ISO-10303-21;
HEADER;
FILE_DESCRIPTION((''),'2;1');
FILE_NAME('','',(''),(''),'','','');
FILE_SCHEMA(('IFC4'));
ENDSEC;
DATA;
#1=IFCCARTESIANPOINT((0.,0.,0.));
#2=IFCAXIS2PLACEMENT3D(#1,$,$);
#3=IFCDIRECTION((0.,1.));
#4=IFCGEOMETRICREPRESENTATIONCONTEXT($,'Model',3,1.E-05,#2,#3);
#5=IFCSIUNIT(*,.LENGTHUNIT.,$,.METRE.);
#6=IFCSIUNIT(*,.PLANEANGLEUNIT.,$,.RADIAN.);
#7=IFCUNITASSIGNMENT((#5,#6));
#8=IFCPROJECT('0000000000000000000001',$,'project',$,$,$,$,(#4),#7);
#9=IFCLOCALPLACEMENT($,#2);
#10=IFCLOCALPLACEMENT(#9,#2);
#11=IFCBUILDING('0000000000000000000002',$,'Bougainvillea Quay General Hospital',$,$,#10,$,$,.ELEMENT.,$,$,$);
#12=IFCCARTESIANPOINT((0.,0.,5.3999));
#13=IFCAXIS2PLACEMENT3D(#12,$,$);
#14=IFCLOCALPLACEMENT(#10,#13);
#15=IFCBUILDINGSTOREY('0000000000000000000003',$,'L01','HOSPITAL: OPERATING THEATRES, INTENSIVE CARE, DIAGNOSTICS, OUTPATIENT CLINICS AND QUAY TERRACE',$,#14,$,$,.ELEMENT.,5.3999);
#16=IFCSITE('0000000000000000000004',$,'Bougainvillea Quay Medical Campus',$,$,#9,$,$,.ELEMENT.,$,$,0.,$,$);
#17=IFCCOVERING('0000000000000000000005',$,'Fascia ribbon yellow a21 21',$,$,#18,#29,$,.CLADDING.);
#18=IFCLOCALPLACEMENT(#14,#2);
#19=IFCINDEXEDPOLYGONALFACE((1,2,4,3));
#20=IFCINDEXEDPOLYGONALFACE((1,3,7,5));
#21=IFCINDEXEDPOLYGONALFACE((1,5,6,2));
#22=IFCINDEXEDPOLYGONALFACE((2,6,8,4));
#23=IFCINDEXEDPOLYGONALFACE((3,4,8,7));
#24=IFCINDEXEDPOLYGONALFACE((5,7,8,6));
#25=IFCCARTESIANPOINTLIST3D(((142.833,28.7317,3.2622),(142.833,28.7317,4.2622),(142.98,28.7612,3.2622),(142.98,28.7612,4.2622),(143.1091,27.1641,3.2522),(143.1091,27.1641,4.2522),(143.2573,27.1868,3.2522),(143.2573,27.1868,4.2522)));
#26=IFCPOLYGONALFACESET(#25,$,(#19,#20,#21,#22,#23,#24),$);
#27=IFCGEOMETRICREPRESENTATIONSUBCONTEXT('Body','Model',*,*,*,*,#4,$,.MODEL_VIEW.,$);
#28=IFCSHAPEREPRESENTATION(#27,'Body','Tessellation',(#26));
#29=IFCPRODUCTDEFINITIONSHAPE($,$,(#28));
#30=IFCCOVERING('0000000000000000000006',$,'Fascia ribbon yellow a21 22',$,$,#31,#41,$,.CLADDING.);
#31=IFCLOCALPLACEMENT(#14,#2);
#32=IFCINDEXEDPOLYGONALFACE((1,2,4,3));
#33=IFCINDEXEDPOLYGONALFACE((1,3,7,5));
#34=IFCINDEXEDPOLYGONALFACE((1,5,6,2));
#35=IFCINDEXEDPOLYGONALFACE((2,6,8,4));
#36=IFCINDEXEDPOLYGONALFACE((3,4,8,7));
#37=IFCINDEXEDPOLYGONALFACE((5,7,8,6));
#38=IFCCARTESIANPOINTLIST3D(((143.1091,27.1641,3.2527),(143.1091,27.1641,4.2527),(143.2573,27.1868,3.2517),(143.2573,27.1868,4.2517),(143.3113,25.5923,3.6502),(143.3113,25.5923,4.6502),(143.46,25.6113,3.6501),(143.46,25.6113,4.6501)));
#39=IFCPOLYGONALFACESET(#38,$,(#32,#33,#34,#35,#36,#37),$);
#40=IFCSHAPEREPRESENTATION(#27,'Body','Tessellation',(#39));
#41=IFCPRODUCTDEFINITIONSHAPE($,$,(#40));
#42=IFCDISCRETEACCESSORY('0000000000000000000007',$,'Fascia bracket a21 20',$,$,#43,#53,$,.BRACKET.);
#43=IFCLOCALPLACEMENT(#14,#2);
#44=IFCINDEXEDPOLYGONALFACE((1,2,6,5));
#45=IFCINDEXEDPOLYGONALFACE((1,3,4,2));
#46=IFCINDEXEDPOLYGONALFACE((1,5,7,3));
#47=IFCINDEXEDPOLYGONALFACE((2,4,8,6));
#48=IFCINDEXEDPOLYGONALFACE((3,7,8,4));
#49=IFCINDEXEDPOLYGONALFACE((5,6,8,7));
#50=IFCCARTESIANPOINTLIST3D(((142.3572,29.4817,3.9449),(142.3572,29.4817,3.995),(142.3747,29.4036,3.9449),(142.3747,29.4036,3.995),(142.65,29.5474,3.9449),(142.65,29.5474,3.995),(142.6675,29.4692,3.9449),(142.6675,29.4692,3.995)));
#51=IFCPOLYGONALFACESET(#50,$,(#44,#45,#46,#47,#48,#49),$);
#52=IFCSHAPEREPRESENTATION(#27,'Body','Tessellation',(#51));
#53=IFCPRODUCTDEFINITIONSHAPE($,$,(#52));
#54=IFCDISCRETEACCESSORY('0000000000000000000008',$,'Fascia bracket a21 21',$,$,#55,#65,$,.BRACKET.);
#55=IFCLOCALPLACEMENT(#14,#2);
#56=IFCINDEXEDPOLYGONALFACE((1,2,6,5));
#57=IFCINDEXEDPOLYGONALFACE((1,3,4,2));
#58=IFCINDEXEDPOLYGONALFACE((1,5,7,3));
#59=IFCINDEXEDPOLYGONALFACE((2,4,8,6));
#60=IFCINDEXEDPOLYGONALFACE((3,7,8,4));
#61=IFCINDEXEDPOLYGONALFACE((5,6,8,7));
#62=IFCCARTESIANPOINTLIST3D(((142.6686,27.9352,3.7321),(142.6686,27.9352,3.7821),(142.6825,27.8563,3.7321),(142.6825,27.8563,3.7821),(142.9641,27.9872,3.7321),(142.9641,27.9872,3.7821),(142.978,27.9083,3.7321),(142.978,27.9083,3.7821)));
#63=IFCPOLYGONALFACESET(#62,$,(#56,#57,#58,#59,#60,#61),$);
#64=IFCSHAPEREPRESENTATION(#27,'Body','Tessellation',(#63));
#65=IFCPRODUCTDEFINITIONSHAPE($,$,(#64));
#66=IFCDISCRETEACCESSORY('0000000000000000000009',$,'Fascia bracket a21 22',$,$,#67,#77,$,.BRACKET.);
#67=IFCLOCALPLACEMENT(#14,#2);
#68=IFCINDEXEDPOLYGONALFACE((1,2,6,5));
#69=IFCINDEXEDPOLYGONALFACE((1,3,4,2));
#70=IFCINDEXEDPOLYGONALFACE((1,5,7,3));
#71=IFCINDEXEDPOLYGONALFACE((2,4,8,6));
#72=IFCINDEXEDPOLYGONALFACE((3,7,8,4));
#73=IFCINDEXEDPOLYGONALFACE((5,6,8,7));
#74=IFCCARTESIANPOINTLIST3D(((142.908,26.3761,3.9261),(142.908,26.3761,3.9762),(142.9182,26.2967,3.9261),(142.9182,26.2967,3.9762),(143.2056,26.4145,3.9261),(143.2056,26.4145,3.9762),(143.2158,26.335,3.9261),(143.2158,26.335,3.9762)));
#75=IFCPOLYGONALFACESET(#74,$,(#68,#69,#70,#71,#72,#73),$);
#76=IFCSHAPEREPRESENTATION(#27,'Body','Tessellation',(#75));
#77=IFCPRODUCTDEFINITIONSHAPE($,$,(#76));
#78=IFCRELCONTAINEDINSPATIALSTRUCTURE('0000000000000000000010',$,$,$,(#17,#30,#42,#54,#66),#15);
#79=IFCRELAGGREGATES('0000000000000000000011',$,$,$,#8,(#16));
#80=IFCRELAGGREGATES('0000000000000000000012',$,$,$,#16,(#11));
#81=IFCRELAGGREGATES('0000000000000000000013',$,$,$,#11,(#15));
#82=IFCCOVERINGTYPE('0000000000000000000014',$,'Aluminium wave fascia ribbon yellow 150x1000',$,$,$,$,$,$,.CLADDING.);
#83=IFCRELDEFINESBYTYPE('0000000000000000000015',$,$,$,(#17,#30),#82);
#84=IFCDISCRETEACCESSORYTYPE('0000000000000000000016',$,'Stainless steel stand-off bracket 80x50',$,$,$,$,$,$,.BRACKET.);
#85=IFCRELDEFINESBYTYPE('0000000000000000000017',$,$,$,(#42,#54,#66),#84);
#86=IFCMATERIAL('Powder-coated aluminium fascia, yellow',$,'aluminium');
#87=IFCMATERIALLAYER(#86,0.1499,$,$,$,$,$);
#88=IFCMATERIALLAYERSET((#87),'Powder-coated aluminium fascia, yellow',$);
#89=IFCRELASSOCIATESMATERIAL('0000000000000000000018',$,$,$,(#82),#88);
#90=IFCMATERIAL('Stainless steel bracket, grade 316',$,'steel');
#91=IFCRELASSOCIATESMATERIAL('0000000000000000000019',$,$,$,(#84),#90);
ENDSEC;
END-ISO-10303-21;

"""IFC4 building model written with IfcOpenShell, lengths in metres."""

from ifc_helpers import new_model, si_unit, direction, frame, origin, origin_2d, place, context, subcontext, project, spatial, polyline, rectangle, outline, extrude, material, layer, layer_set, material_profile, profile_set, type_object, element, save


model = new_model("IFC4")

# Units and contexts
model_context = context("Model", 3, precision=1e-05, world=origin(), true_north=direction((0.0, 1.0)))
body_context = subcontext(model_context, "Body", "Model", "MODEL_VIEW")
ifc_project = project(units=[si_unit("LENGTHUNIT", "METRE"), si_unit("PLANEANGLEUNIT", "RADIAN")], contexts=[model_context])

# Site, building, storey
site_placement = place(None, origin())
site = spatial("IfcSite", under=ifc_project, at=site_placement, Name="Bougainvillea Quay Medical Campus", CompositionType="ELEMENT", RefElevation=0.0)
building_placement = place(site_placement, origin())
building = spatial("IfcBuilding", under=site, at=building_placement, Name="Bougainvillea Quay General Hospital", CompositionType="ELEMENT")
storey_placement = place(building_placement, frame((0.0, 0.0, 5.3999)))
storey = spatial("IfcBuildingStorey", under=building, at=storey_placement, Name="L01", Description="HOSPITAL: OPERATING THEATRES, INTENSIVE CARE, DIAGNOSTICS, OUTPATIENT CLINICS AND QUAY TERRACE", CompositionType="ELEMENT", Elevation=5.3999)

# Coverings
ifc_material_1 = material(Name="Powder-coated aluminium fascia, yellow", Category="aluminium")
ifc_layer_1 = layer(ifc_material_1, 0.1499)
ifc_layer_set_1 = layer_set([ifc_layer_1], Name="Powder-coated aluminium fascia, yellow")
covering_type = type_object("IfcCoveringType", Name="Aluminium wave fascia ribbon yellow 150x1000", PredefinedType="CLADDING", material=ifc_layer_set_1)
covering_1_placement = place(storey_placement, frame((142.833, 28.7317, 3.2622), z_axis=(0.001094, -0.006179, 0.99998), x_axis=(0.173467, -0.98482, -0.006275)))
element("IfcCovering", 1, at=covering_1_placement, inside=storey, type_object=covering_type, Name="Fascia ribbon yellow a21 21", PredefinedType="CLADDING", context=body_context, shape_type="SweptSolid", body=[
    extrude(outline(polyline([(0.0, 0.0), (1.5918, 0.0), (1.5951, 0.1499), (-0.0036, 0.1499), (0.0, 0.0)])), origin(), (-0.006275, -0.000005, 0.99998), 1.0),
])
covering_2_placement = place(storey_placement, frame((143.1091, 27.1641, 3.2527), z_axis=(-0.030747, 0.241337, 0.969954), x_axis=(0.123728, -0.96203, 0.243287)))
element("IfcCovering", 2, at=covering_2_placement, inside=storey, type_object=covering_type, Name="Fascia ribbon yellow a21 22", PredefinedType="CLADDING", context=body_context, shape_type="SweptSolid", body=[
    extrude(outline(polyline([(0.0, 0.0), (1.6338, 0.0), (1.6339, 0.1499), (-0.0037, 0.1499), (0.0, 0.0)])), origin(), (0.243287, -0.00028, 0.969954), 1.0),
])

# Discrete accessories
ifc_material_2 = material(Name="Stainless steel bracket, grade 316", Category="steel")
ifc_material_profile_1 = material_profile(ifc_material_2, rectangle(XDim=0.0801, YDim=0.05, at=origin_2d()))
ifc_profile_set_1 = profile_set([ifc_material_profile_1], Name="Stainless steel bracket, grade 316")
discrete_accessory_type = type_object("IfcDiscreteAccessoryType", Name="Stainless steel stand-off bracket 80x50", PredefinedType="BRACKET", material=ifc_profile_set_1)
for number, where, z_axis, x_axis, name in (
    (3, (142.366, 29.4426, 3.97), (0.975745, 0.218912, 0.0), (-0.218912, 0.975745, 0.0), "Fascia bracket a21 20"),
    (4, (142.6755, 27.8958, 3.7571), (0.984857, 0.173367, 0.0), (-0.173367, 0.984857, 0.0), "Fascia bracket a21 21"),
    (5, (142.9131, 26.3364, 3.9512), (0.991808, 0.127739, 0.0), (-0.127739, 0.991808, 0.0), "Fascia bracket a21 22"),
):
    element("IfcDiscreteAccessory", number, at=place(storey_placement, frame(where, z_axis=z_axis, x_axis=x_axis)), inside=storey, type_object=discrete_accessory_type, Name=name, PredefinedType="BRACKET", context=body_context, shape_type="SweptSolid", body=[
        extrude(rectangle(XDim=0.0801, YDim=0.05, at=origin_2d()), origin(), (0.0, 0.0, 1.0), 0.3),
    ])

save(model, "model.ifc")
